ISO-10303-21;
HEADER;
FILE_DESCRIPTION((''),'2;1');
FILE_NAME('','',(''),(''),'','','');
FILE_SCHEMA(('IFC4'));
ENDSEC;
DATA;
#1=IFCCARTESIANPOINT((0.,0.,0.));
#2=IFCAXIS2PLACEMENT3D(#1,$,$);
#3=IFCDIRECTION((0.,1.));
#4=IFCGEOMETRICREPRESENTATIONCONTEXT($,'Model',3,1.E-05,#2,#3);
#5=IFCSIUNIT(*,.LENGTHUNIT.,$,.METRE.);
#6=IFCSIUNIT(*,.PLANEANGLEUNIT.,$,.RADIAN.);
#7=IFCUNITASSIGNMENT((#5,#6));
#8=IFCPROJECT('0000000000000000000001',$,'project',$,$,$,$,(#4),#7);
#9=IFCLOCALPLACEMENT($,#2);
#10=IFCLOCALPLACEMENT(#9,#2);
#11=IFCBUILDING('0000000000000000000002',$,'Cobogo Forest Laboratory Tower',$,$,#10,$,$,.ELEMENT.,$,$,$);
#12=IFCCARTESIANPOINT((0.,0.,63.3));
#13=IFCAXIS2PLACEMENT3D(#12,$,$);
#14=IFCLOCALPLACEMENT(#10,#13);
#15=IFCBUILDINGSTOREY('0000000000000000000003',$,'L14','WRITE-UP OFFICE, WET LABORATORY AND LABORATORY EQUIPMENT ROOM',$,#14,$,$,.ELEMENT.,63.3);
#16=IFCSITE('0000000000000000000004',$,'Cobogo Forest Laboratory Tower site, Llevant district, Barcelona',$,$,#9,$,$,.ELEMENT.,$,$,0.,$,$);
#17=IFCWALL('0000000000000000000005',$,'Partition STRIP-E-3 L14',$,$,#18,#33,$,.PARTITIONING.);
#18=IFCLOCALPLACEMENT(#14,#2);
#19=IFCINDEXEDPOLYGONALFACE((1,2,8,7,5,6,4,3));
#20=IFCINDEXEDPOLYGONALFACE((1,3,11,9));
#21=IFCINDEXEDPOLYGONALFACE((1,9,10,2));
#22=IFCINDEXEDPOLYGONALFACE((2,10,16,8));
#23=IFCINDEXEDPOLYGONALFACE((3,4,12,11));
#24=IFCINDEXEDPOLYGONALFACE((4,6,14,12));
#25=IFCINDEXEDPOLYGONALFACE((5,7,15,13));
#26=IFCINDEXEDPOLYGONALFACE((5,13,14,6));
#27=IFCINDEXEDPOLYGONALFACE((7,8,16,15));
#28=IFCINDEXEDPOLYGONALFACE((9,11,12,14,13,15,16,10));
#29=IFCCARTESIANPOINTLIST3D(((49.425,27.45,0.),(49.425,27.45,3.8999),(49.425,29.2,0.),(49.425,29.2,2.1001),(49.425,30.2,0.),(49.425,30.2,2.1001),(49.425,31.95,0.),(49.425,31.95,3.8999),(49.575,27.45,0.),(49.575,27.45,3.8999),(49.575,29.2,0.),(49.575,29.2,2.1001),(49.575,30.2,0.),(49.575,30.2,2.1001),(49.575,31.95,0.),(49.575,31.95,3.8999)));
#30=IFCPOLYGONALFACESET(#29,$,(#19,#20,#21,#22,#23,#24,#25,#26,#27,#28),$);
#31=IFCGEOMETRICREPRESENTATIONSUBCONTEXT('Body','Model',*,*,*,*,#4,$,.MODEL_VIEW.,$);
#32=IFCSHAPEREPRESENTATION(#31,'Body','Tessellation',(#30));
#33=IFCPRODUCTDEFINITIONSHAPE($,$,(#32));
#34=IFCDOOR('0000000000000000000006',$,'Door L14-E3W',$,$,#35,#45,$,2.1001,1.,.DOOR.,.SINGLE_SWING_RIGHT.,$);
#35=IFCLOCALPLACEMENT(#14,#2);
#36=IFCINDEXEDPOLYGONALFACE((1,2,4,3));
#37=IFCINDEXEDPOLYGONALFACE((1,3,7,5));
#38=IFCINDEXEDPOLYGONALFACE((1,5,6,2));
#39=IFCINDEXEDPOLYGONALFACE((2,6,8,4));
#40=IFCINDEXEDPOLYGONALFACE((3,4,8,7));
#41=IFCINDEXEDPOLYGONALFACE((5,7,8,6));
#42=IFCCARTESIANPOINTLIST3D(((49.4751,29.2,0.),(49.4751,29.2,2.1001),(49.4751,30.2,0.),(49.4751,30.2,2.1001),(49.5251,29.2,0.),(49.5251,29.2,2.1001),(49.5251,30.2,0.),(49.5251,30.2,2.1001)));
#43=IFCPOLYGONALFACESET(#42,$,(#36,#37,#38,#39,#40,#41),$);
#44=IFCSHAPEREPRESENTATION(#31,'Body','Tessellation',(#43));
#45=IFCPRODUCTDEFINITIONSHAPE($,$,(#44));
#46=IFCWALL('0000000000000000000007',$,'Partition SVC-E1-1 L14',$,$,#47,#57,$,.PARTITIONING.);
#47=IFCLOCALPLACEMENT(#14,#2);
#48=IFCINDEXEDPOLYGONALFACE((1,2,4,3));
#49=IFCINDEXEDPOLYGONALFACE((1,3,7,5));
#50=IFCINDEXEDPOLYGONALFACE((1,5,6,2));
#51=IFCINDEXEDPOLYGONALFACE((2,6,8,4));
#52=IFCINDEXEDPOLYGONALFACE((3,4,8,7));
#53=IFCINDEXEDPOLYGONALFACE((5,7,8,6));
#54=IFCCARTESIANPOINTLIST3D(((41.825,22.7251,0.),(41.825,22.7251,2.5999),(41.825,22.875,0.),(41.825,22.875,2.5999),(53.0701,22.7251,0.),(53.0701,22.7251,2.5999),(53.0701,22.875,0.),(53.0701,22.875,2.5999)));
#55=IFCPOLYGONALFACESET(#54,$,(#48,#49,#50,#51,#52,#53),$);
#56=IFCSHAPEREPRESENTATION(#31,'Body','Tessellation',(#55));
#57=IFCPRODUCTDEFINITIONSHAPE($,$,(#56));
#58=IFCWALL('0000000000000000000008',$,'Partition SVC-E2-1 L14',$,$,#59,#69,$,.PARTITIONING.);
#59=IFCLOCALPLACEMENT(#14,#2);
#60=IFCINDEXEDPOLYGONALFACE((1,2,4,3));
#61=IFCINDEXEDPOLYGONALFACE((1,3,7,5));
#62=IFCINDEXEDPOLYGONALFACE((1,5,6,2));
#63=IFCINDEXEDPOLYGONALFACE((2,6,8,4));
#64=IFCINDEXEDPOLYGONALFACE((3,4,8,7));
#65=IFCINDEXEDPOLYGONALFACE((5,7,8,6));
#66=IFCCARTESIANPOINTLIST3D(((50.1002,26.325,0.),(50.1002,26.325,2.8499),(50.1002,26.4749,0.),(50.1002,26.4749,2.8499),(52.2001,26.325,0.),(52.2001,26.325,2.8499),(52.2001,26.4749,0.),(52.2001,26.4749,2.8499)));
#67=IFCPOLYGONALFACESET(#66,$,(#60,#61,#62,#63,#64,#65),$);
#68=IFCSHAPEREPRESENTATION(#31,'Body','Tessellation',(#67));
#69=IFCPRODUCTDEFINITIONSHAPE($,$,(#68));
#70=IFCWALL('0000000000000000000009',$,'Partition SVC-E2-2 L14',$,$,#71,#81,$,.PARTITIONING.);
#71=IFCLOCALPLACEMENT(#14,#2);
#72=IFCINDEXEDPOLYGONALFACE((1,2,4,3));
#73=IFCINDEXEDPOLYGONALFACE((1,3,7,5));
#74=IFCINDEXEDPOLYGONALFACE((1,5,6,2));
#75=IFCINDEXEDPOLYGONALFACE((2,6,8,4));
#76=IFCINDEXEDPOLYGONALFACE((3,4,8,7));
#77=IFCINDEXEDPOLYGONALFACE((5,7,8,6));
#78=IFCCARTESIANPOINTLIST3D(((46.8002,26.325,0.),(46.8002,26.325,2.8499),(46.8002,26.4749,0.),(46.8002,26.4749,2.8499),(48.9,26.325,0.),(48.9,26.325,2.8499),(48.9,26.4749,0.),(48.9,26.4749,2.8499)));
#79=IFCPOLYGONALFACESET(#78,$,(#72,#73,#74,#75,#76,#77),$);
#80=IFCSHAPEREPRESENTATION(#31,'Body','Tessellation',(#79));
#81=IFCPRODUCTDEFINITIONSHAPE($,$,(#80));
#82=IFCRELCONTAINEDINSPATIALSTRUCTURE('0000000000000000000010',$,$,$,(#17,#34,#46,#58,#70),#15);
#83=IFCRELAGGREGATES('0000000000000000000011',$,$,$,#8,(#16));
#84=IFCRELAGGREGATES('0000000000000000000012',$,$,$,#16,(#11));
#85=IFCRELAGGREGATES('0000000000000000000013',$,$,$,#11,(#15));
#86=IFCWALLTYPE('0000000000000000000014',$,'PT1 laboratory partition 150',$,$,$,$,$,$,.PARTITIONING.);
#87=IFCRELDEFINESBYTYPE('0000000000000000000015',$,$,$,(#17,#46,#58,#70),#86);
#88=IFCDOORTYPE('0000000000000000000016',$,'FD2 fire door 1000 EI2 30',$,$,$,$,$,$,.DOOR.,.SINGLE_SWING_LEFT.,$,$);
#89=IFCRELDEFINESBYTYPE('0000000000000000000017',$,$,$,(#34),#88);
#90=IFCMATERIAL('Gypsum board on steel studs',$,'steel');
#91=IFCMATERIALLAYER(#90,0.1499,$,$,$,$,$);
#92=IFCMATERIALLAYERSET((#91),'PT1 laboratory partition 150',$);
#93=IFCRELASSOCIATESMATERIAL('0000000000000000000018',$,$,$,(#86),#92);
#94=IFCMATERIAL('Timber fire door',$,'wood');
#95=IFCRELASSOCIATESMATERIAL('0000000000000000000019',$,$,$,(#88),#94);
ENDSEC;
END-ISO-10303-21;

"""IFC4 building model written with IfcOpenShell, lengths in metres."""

from ifc_helpers import new_model, si_unit, direction, frame, frame_2d, origin, place, context, subcontext, project, spatial, rectangle, extrude, material, layer, layer_set, type_object, element, fill, save


model = new_model("IFC4")

# Units and contexts
model_context = context("Model", 3, precision=1e-05, world=origin(), true_north=direction((0.0, 1.0)))
body_context = subcontext(model_context, "Body", "Model", "MODEL_VIEW")
ifc_project = project(units=[si_unit("LENGTHUNIT", "METRE"), si_unit("PLANEANGLEUNIT", "RADIAN")], contexts=[model_context])

# Site, building, storey
site_placement = place(None, origin())
site = spatial("IfcSite", under=ifc_project, at=site_placement, Name="Cobogo Forest Laboratory Tower site, Llevant district, Barcelona", CompositionType="ELEMENT", RefElevation=0.0)
building_placement = place(site_placement, origin())
building = spatial("IfcBuilding", under=site, at=building_placement, Name="Cobogo Forest Laboratory Tower", CompositionType="ELEMENT")
storey_placement = place(building_placement, frame((0.0, 0.0, 63.3)))
storey = spatial("IfcBuildingStorey", under=building, at=storey_placement, Name="L14", Description="WRITE-UP OFFICE, WET LABORATORY AND LABORATORY EQUIPMENT ROOM", CompositionType="ELEMENT", Elevation=63.3)

# Wall, opening, door
ifc_material_1 = material(Name="Gypsum board on steel studs", Category="steel")
ifc_layer_1 = layer(ifc_material_1, 0.1499)
ifc_layer_set_1 = layer_set([ifc_layer_1], Name="PT1 laboratory partition 150")
wall_type = type_object("IfcWallType", Name="PT1 laboratory partition 150", PredefinedType="PARTITIONING", material=ifc_layer_set_1)
wall_1_placement = place(storey_placement, frame((49.5, 27.45, 0.0), z_axis=(0.0, 0.0, 1.0), x_axis=(0.0, 1.0, 0.0)))
wall_1 = element("IfcWall", 1, at=wall_1_placement, inside=storey, type_object=wall_type, Name="Partition STRIP-E-3 L14", PredefinedType="PARTITIONING", context=body_context, shape_type="SweptSolid", body=[
    extrude(rectangle(XDim=4.5, YDim=0.1499, at=frame_2d((2.25, 0.0))), origin(), (0.0, 0.0, 1.0), 3.8999),
])
opening_placement = place(wall_1_placement, frame((1.75, 0.0, 0.0)))
opening = element("IfcOpeningElement", 2, at=opening_placement, cuts=wall_1, PredefinedType="OPENING", context=body_context, shape_type="SweptSolid", body=[
    extrude(rectangle(XDim=1.0, YDim=2.1001, at=frame_2d((0.5, 1.05))), frame((0.0, 0.085, 0.0), z_axis=(0.0, -1.0, 0.0), x_axis=(1.0, 0.0, 0.0)), (0.0, 0.0, 1.0), 0.1699),
])
ifc_material_2 = material(Name="Timber fire door", Category="wood")
door_type = type_object("IfcDoorType", Name="FD2 fire door 1000 EI2 30", OperationType="SINGLE_SWING_LEFT", PredefinedType="DOOR", material=ifc_material_2)
door_placement = place(opening_placement, origin())
door = element("IfcDoor", 3, at=door_placement, inside=storey, type_object=door_type, Name="Door L14-E3W", OperationType="SINGLE_SWING_RIGHT", OverallHeight=2.1001, OverallWidth=1.0, PredefinedType="DOOR", context=body_context, shape_type="SweptSolid", body=[
    extrude(rectangle(XDim=1.0, YDim=2.1001, at=frame_2d((0.5, 1.05))), frame((0.0, 0.0249, 0.0), z_axis=(0.0, -1.0, 0.0), x_axis=(1.0, 0.0, 0.0)), (0.0, 0.0, 1.0), 0.05),
])
fill(opening, door)

# Walls
wall_2_placement = place(storey_placement, frame((53.0701, 22.8, 0.0), z_axis=(0.0, 0.0, 1.0), x_axis=(-1.0, 0.0, 0.0)))
element("IfcWall", 4, at=wall_2_placement, inside=storey, type_object=wall_type, Name="Partition SVC-E1-1 L14", PredefinedType="PARTITIONING", context=body_context, shape_type="SweptSolid", body=[
    extrude(rectangle(XDim=11.2451, YDim=0.1499, at=frame_2d((5.6226, 0.0))), origin(), (0.0, 0.0, 1.0), 2.5999),
])
for number, where, z_axis, x_axis, name in (
    (5, (52.2, 26.3999, 0.0), (0.0, 0.0, 1.0), (-1.0, 0.0, 0.0), "Partition SVC-E2-1 L14"),
    (6, (48.8999, 26.3999, 0.0), (0.0, 0.0, 1.0), (-1.0, 0.0, 0.0), "Partition SVC-E2-2 L14"),
):
    element("IfcWall", number, at=place(storey_placement, frame(where, z_axis=z_axis, x_axis=x_axis)), inside=storey, type_object=wall_type, Name=name, PredefinedType="PARTITIONING", context=body_context, shape_type="SweptSolid", body=[
        extrude(rectangle(XDim=2.0999, YDim=0.1499, at=frame_2d((1.0498, 0.0))), origin(), (0.0, 0.0, 1.0), 2.8499),
    ])

save(model, "model.ifc")
